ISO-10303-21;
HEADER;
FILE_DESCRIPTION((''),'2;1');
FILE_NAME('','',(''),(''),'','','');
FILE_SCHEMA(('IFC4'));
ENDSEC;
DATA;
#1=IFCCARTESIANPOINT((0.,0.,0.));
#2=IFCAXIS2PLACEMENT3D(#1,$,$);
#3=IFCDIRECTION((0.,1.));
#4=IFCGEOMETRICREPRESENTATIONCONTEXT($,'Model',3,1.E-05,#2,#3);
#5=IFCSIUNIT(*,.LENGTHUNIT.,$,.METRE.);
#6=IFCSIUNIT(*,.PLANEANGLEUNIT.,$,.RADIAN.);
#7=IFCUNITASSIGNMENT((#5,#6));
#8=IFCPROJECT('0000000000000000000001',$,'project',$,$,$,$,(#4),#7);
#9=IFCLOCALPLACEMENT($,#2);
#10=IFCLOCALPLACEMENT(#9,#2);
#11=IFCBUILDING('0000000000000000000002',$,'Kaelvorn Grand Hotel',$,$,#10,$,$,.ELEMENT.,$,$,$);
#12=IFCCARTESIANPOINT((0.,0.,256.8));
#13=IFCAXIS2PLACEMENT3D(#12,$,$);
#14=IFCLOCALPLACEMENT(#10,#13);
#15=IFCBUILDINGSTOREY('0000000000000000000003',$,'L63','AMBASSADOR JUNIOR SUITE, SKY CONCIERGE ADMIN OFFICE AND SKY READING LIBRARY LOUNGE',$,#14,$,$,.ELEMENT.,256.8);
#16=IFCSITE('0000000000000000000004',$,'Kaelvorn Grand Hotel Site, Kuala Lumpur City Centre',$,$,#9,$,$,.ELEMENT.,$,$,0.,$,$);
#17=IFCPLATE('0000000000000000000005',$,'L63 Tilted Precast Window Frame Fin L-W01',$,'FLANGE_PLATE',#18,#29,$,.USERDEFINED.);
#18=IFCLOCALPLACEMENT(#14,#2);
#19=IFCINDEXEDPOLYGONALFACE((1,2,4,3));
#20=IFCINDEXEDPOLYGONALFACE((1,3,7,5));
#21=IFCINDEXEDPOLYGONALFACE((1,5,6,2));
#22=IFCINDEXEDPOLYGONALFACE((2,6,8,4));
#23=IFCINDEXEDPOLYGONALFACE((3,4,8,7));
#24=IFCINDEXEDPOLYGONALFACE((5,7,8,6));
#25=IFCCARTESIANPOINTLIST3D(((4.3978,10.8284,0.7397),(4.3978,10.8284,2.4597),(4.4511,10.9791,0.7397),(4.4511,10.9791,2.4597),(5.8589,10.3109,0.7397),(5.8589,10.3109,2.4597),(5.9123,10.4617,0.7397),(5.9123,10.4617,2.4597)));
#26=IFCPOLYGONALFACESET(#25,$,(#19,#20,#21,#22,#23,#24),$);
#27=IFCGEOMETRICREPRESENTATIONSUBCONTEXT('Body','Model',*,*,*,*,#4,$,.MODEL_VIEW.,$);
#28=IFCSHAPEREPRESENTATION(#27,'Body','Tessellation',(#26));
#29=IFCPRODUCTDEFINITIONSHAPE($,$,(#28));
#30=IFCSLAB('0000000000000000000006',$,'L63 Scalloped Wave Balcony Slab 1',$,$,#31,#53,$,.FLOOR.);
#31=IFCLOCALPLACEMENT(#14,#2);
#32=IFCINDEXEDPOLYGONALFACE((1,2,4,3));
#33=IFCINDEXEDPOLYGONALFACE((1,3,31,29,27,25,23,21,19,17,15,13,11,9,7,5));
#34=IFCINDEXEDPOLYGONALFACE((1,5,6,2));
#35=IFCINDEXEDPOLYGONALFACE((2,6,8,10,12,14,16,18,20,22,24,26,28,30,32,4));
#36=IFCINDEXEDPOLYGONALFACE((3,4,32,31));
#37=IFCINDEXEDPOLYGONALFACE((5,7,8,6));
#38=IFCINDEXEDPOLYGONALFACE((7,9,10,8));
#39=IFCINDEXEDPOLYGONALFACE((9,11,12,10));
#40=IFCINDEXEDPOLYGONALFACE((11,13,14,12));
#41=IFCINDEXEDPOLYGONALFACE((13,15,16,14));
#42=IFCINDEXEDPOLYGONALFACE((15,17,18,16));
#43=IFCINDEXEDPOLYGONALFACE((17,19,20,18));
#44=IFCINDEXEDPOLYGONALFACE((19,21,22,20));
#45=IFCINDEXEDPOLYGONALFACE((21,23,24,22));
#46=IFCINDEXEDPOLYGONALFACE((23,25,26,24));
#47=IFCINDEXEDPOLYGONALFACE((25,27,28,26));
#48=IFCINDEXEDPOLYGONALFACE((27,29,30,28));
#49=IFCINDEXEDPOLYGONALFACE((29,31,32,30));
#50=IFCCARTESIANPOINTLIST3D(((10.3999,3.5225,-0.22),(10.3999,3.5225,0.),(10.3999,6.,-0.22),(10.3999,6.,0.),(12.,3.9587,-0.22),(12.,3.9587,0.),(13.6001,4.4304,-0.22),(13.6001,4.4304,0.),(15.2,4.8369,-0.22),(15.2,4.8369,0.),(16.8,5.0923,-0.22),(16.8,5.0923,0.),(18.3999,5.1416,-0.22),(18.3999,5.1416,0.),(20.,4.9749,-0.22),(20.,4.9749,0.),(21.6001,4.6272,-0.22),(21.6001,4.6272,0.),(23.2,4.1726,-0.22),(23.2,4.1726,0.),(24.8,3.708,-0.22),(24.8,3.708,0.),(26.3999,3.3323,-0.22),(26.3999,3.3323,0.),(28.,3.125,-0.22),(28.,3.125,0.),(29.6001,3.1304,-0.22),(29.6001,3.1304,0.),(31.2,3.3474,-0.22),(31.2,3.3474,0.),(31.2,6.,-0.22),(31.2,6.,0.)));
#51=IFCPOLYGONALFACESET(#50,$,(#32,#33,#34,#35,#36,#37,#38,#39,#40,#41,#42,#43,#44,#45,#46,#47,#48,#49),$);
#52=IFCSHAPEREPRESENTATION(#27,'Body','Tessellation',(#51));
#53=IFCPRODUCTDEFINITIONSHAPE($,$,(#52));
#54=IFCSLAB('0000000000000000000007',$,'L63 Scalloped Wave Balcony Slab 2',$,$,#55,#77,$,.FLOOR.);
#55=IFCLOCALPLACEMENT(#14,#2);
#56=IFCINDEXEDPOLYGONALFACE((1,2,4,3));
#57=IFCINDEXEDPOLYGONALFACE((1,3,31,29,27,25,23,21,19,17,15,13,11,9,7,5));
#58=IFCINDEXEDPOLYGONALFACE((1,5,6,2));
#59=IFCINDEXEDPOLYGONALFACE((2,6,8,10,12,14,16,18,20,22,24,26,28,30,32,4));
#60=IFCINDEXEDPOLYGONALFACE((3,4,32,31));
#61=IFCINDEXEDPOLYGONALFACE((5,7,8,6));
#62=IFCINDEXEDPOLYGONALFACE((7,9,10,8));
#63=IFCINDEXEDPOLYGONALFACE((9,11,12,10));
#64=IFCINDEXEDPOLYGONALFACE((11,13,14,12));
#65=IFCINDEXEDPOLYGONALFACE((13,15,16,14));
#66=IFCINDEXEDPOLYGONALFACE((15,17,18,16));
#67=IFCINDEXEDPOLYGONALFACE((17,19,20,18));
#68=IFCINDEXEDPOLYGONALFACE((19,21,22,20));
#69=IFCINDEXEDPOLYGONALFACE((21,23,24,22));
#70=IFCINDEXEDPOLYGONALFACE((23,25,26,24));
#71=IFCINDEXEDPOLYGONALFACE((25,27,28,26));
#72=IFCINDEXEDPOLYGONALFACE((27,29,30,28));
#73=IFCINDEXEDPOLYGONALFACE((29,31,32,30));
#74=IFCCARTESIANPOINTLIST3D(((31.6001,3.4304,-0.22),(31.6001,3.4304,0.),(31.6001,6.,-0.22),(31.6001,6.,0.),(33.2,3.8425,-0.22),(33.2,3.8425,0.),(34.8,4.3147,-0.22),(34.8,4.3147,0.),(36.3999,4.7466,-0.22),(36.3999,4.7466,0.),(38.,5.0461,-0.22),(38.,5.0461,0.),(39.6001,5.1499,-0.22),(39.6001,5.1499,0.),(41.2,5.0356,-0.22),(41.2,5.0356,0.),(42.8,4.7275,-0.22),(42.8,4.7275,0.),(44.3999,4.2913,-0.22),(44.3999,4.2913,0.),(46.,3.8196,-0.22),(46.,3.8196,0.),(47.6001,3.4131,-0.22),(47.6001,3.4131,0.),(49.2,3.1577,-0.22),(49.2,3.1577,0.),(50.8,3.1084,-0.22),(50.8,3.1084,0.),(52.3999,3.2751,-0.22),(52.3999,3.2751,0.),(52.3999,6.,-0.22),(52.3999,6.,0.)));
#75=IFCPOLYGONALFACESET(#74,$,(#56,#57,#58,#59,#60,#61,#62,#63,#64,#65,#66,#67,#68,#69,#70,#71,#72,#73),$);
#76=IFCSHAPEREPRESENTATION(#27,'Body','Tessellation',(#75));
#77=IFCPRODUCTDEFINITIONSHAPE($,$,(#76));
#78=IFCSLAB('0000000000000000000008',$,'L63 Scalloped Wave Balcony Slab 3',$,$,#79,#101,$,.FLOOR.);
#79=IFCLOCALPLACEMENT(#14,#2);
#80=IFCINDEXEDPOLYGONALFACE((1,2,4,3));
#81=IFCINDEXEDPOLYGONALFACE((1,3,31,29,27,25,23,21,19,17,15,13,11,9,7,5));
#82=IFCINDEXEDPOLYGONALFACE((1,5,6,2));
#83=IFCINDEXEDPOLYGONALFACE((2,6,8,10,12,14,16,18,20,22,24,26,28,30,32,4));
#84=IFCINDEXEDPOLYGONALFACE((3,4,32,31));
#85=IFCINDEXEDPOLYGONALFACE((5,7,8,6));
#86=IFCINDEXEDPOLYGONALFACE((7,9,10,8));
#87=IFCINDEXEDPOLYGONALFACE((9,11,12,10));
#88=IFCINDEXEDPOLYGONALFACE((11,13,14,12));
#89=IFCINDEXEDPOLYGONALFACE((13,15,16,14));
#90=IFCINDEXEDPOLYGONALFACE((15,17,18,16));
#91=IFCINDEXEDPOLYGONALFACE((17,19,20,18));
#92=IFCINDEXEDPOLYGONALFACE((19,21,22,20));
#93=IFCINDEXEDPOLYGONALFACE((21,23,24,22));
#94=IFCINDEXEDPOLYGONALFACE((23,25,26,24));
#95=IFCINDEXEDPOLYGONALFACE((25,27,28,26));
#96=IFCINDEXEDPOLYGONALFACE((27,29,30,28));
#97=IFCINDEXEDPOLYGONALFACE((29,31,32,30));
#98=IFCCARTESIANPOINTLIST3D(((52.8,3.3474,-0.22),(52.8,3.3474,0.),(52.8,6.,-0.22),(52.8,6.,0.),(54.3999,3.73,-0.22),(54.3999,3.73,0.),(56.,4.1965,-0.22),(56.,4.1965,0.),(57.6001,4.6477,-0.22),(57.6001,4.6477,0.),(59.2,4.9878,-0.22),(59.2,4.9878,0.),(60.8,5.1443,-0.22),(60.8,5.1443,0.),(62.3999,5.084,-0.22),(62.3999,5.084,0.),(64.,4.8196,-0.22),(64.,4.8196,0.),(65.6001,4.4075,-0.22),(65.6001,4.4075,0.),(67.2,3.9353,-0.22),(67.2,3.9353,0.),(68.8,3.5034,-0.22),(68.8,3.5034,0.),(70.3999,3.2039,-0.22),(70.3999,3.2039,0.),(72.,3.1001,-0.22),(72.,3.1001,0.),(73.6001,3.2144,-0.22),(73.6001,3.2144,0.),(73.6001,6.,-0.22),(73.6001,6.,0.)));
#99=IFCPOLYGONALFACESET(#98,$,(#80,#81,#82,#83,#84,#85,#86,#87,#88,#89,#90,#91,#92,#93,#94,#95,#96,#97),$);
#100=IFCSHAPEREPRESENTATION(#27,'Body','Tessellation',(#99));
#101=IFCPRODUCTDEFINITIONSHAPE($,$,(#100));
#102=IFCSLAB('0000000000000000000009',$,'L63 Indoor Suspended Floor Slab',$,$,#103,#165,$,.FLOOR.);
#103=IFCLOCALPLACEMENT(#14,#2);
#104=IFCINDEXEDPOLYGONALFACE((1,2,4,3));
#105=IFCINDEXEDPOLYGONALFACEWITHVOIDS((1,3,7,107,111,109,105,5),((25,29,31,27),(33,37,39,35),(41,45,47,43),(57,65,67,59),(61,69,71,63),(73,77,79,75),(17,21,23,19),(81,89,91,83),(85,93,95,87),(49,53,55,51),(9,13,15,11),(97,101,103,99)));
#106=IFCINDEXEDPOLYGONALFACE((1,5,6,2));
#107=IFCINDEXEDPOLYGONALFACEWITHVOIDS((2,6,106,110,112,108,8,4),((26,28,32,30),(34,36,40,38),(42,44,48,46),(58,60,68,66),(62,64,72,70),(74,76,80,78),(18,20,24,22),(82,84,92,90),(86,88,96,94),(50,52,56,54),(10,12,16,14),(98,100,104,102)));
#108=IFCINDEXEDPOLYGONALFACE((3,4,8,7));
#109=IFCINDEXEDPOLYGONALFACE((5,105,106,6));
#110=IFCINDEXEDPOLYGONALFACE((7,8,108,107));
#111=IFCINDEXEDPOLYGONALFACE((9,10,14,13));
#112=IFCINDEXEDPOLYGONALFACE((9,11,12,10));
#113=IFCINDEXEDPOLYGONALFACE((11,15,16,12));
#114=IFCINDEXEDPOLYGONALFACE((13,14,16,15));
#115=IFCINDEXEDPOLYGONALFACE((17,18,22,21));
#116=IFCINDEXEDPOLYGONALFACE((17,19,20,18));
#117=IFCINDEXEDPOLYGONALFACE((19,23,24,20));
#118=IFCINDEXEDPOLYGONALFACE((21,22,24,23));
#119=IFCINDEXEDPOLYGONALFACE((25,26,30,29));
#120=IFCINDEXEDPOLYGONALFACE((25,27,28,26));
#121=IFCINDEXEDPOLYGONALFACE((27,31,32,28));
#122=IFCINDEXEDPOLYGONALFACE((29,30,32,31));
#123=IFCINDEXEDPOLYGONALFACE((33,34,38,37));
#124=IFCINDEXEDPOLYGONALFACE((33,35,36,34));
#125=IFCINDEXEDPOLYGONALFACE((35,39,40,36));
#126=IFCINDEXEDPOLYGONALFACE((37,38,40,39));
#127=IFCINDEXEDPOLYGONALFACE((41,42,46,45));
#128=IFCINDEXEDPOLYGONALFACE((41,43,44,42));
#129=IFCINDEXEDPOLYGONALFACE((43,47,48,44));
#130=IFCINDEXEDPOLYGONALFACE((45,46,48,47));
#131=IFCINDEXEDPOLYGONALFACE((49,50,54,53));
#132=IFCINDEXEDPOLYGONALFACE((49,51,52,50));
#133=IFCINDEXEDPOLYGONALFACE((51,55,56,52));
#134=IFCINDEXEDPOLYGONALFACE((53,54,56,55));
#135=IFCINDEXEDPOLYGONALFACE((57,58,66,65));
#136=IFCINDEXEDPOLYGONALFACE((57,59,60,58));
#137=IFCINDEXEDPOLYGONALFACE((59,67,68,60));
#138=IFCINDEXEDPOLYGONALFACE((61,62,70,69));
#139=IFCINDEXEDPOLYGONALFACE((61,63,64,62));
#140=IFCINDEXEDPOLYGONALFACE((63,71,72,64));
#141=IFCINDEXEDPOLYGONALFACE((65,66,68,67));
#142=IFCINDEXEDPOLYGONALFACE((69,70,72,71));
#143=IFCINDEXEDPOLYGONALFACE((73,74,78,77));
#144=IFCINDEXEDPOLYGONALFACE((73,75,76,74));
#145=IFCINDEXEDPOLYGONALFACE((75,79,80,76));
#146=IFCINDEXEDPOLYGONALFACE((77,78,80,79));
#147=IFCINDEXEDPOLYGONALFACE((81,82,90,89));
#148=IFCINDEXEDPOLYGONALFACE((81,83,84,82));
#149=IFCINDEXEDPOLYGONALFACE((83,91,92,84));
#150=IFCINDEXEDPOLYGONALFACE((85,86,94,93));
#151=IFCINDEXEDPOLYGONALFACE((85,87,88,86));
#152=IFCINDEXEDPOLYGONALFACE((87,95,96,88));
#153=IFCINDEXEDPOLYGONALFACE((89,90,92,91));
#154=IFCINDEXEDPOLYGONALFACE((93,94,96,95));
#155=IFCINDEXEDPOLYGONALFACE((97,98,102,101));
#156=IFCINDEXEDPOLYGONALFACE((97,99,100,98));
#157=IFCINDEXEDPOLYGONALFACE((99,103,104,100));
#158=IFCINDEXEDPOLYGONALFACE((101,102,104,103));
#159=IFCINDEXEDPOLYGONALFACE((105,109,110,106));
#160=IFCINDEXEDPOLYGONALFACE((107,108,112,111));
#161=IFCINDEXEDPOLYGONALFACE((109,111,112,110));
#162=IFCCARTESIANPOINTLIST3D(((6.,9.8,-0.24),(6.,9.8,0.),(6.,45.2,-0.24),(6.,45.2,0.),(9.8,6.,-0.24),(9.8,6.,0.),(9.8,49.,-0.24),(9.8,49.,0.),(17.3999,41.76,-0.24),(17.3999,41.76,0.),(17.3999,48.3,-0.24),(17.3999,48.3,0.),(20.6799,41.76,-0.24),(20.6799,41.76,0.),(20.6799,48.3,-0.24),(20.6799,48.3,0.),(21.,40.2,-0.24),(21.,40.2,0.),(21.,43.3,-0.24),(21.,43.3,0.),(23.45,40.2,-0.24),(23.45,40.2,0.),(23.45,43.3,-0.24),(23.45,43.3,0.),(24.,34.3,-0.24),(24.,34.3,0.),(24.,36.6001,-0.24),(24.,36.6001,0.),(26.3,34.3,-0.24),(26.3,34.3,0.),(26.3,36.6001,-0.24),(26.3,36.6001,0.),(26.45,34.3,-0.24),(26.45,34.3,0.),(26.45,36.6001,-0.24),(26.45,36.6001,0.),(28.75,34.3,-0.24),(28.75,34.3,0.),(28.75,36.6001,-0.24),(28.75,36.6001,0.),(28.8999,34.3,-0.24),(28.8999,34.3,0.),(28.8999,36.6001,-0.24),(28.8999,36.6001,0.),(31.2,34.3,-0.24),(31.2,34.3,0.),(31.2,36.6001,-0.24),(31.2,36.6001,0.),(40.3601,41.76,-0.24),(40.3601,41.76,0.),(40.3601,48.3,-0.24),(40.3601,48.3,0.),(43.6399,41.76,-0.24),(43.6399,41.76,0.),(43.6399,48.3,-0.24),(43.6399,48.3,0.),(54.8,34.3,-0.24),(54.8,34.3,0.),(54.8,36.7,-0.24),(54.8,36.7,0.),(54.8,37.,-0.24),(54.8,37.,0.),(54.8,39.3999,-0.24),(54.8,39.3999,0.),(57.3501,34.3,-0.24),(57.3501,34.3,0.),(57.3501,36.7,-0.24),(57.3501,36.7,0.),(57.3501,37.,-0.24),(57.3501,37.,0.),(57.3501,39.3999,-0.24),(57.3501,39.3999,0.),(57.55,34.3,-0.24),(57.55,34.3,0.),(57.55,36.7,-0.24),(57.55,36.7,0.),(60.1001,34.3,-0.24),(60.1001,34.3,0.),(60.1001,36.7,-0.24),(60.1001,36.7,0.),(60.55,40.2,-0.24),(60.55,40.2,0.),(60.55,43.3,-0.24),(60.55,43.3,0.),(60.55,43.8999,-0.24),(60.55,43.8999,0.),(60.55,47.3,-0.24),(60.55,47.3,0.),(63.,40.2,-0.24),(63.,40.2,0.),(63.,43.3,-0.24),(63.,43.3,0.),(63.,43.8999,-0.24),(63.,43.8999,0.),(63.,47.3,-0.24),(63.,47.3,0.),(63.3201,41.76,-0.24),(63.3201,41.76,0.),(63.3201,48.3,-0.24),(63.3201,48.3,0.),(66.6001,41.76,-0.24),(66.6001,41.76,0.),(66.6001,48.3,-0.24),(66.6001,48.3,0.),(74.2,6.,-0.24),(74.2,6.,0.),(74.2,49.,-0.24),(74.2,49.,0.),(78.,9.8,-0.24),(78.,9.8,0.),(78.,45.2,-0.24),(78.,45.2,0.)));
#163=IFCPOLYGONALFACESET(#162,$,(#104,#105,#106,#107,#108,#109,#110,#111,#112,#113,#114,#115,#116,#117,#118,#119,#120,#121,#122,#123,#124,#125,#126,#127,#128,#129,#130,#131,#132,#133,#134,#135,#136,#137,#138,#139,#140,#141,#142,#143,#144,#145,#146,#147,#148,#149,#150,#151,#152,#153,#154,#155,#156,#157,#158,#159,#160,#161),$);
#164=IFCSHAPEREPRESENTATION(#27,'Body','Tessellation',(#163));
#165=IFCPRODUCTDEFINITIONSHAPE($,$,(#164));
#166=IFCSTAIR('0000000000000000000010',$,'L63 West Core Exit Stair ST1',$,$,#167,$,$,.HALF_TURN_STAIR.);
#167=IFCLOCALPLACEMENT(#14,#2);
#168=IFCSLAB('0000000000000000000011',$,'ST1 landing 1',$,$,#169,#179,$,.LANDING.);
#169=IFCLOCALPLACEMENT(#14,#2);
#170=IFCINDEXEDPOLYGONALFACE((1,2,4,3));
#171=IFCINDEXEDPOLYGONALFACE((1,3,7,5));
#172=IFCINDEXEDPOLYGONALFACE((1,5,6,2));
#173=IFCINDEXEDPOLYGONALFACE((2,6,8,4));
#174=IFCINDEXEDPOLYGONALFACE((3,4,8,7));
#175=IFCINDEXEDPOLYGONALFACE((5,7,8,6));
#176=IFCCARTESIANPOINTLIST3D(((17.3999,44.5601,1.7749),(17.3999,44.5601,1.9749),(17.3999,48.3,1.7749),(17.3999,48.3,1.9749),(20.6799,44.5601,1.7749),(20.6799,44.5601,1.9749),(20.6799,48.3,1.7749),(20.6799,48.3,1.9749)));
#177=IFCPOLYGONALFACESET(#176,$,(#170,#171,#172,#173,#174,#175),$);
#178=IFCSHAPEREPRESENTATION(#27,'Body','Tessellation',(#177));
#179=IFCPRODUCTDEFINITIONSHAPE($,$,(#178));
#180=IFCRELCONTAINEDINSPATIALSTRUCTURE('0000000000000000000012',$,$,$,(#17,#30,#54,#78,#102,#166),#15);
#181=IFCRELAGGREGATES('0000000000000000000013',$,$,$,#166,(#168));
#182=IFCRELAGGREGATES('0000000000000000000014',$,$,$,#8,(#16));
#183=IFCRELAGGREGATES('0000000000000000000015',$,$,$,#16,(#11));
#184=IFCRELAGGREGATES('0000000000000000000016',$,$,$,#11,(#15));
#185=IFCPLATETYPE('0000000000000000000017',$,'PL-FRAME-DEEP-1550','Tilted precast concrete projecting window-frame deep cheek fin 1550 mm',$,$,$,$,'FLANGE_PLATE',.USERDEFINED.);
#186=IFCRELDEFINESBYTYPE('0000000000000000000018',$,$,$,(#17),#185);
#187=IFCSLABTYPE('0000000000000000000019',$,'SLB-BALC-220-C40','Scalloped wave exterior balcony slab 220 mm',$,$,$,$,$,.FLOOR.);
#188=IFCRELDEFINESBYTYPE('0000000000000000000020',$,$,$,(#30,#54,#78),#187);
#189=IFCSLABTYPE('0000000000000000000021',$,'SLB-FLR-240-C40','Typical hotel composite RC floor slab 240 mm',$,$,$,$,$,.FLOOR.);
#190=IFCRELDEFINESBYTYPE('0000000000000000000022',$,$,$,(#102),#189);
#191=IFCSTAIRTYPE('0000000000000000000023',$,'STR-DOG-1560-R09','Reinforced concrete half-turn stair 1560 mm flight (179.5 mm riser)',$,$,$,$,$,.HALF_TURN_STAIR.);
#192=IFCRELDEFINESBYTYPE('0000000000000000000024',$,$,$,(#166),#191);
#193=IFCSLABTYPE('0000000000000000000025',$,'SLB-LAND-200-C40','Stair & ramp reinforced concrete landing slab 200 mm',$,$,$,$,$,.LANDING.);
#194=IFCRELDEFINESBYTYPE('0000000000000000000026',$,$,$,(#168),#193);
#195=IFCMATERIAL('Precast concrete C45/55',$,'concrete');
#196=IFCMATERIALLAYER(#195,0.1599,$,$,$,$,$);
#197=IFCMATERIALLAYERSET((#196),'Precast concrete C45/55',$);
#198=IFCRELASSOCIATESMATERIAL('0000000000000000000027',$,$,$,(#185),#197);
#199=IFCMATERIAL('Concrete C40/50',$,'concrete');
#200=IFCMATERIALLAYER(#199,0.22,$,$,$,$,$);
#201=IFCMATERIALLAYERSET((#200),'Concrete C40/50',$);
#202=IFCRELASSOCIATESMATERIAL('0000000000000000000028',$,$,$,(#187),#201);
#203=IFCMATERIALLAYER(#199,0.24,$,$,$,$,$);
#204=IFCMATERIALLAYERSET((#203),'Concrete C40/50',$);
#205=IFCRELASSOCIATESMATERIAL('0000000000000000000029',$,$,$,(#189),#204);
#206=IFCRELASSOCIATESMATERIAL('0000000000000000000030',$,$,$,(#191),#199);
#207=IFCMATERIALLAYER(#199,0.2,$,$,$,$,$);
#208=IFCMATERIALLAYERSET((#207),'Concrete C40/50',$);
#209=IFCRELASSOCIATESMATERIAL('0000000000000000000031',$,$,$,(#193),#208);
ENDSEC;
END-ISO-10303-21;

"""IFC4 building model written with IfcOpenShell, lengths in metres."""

from ifc_helpers import new_model, si_unit, direction, frame, origin, origin_2d, place, context, subcontext, project, spatial, polyline, rectangle, outline, extrude, material, layer, layer_set, type_object, element, aggregate, save


model = new_model("IFC4")

# Units and contexts
model_context = context("Model", 3, precision=1e-05, world=origin(), true_north=direction((0.0, 1.0)))
body_context = subcontext(model_context, "Body", "Model", "MODEL_VIEW")
ifc_project = project(units=[si_unit("LENGTHUNIT", "METRE"), si_unit("PLANEANGLEUNIT", "RADIAN")], contexts=[model_context])

# Site, building, storey
site_placement = place(None, origin())
site = spatial("IfcSite", under=ifc_project, at=site_placement, Name="Kaelvorn Grand Hotel Site, Kuala Lumpur City Centre", CompositionType="ELEMENT", RefElevation=0.0)
building_placement = place(site_placement, origin())
building = spatial("IfcBuilding", under=site, at=building_placement, Name="Kaelvorn Grand Hotel", CompositionType="ELEMENT")
storey_placement = place(building_placement, frame((0.0, 0.0, 256.8)))
storey = spatial("IfcBuildingStorey", under=building, at=storey_placement, Name="L63", Description="AMBASSADOR JUNIOR SUITE, SKY CONCIERGE ADMIN OFFICE AND SKY READING LIBRARY LOUNGE", CompositionType="ELEMENT", Elevation=256.8)

# Plate
ifc_material_1 = material(Name="Precast concrete C45/55", Category="concrete")
ifc_layer_1 = layer(ifc_material_1, 0.1599)
ifc_layer_set_1 = layer_set([ifc_layer_1], Name="Precast concrete C45/55")
plate_type = type_object("IfcPlateType", Name="PL-FRAME-DEEP-1550", Description="Tilted precast concrete projecting window-frame deep cheek fin 1550 mm", ElementType="FLANGE_PLATE", PredefinedType="USERDEFINED", material=ifc_layer_set_1)
plate_placement = place(storey_placement, frame((5.155, 10.645, 0.7397), z_axis=(0.0, 0.0, 1.0), x_axis=(0.333807, 0.942641, 0.0)))
element("IfcPlate", 1, at=plate_placement, inside=storey, type_object=plate_type, Name="L63 Tilted Precast Window Frame Fin L-W01", ObjectType="FLANGE_PLATE", PredefinedType="USERDEFINED", context=body_context, shape_type="SweptSolid", body=[
    extrude(rectangle(XDim=0.1599, YDim=1.55, at=origin_2d()), origin(), (0.0, 0.0, 1.0), 1.72),
])

# Slabs
ifc_material_2 = material(Name="Concrete C40/50", Category="concrete")
ifc_layer_2 = layer(ifc_material_2, 0.22)
ifc_layer_set_2 = layer_set([ifc_layer_2], Name="Concrete C40/50")
slab_type_1 = type_object("IfcSlabType", Name="SLB-BALC-220-C40", Description="Scalloped wave exterior balcony slab 220 mm", PredefinedType="FLOOR", material=ifc_layer_set_2)
slab_1_placement = place(storey_placement, frame((0.0, 0.0, -0.22)))
element("IfcSlab", 2, at=slab_1_placement, inside=storey, type_object=slab_type_1, Name="L63 Scalloped Wave Balcony Slab 1", PredefinedType="FLOOR", context=body_context, shape_type="SweptSolid", body=[
    extrude(outline(polyline([(10.3999, 3.5225), (12.0, 3.9587), (13.6001, 4.4304), (15.2, 4.8369), (16.8, 5.0923), (18.3999, 5.1416), (20.0, 4.9749), (21.6001, 4.6272), (23.2, 4.1726), (24.8, 3.708), (26.3999, 3.3323), (28.0, 3.125), (29.6001, 3.1304), (31.2, 3.3474), (31.2, 6.0), (10.3999, 6.0), (10.3999, 3.5225)])), origin(), (0.0, 0.0, 1.0), 0.22),
])
slab_2_placement = place(storey_placement, frame((0.0, 0.0, -0.22)))
element("IfcSlab", 3, at=slab_2_placement, inside=storey, type_object=slab_type_1, Name="L63 Scalloped Wave Balcony Slab 2", PredefinedType="FLOOR", context=body_context, shape_type="SweptSolid", body=[
    extrude(outline(polyline([(31.6001, 3.4304), (33.2, 3.8425), (34.8, 4.3147), (36.3999, 4.7466), (38.0, 5.0461), (39.6001, 5.1499), (41.2, 5.0356), (42.8, 4.7275), (44.3999, 4.2913), (46.0, 3.8196), (47.6001, 3.4131), (49.2, 3.1577), (50.8, 3.1084), (52.3999, 3.2751), (52.3999, 6.0), (31.6001, 6.0), (31.6001, 3.4304)])), origin(), (0.0, 0.0, 1.0), 0.22),
])
slab_3_placement = place(storey_placement, frame((0.0, 0.0, -0.22)))
element("IfcSlab", 4, at=slab_3_placement, inside=storey, type_object=slab_type_1, Name="L63 Scalloped Wave Balcony Slab 3", PredefinedType="FLOOR", context=body_context, shape_type="SweptSolid", body=[
    extrude(outline(polyline([(52.8, 3.3474), (54.3999, 3.73), (56.0, 4.1965), (57.6001, 4.6477), (59.2, 4.9878), (60.8, 5.1443), (62.3999, 5.084), (64.0, 4.8196), (65.6001, 4.4075), (67.2, 3.9353), (68.8, 3.5034), (70.3999, 3.2039), (72.0, 3.1001), (73.6001, 3.2144), (73.6001, 6.0), (52.8, 6.0), (52.8, 3.3474)])), origin(), (0.0, 0.0, 1.0), 0.22),
])
ifc_layer_3 = layer(ifc_material_2, 0.24)
ifc_layer_set_3 = layer_set([ifc_layer_3], Name="Concrete C40/50")
slab_type_2 = type_object("IfcSlabType", Name="SLB-FLR-240-C40", Description="Typical hotel composite RC floor slab 240 mm", PredefinedType="FLOOR", material=ifc_layer_set_3)
slab_4_placement = place(storey_placement, frame((0.0, 0.0, -0.24)))
element("IfcSlab", 5, at=slab_4_placement, inside=storey, type_object=slab_type_2, Name="L63 Indoor Suspended Floor Slab", PredefinedType="FLOOR", context=body_context, shape_type="SweptSolid", body=[
    extrude(outline(polyline([(9.8, 6.0), (74.2, 6.0), (78.0, 9.8), (78.0, 45.2), (74.2, 49.0), (9.8, 49.0), (6.0, 45.2), (6.0, 9.8), (9.8, 6.0)]), holes=[polyline([(17.3999, 41.76), (17.3999, 48.3), (20.6799, 48.3), (20.6799, 41.76), (17.3999, 41.76)]), polyline([(40.3601, 41.76), (40.3601, 48.3), (43.6399, 48.3), (43.6399, 41.76), (40.3601, 41.76)]), polyline([(63.3201, 41.76), (63.3201, 48.3), (66.6001, 48.3), (66.6001, 41.76), (63.3201, 41.76)]), polyline([(24.0, 34.3), (24.0, 36.6001), (26.3, 36.6001), (26.3, 34.3), (24.0, 34.3)]), polyline([(26.45, 34.3), (26.45, 36.6001), (28.75, 36.6001), (28.75, 34.3), (26.45, 34.3)]), polyline([(28.8999, 34.3), (28.8999, 36.6001), (31.2, 36.6001), (31.2, 34.3), (28.8999, 34.3)]), polyline([(54.8, 34.3), (54.8, 36.7), (57.3501, 36.7), (57.3501, 34.3), (54.8, 34.3)]), polyline([(57.55, 34.3), (57.55, 36.7), (60.1001, 36.7), (60.1001, 34.3), (57.55, 34.3)]), polyline([(54.8, 37.0), (54.8, 39.3999), (57.3501, 39.3999), (57.3501, 37.0), (54.8, 37.0)]), polyline([(21.0, 40.2), (21.0, 43.3), (23.45, 43.3), (23.45, 40.2), (21.0, 40.2)]), polyline([(60.55, 40.2), (60.55, 43.3), (63.0, 43.3), (63.0, 40.2), (60.55, 40.2)]), polyline([(60.55, 43.8999), (60.55, 47.3), (63.0, 47.3), (63.0, 43.8999), (60.55, 43.8999)])]), origin(), (0.0, 0.0, 1.0), 0.24),
])

# Stair, slab
stair_type = type_object("IfcStairType", Name="STR-DOG-1560-R09", Description="Reinforced concrete half-turn stair 1560 mm flight (179.5 mm riser)", PredefinedType="HALF_TURN_STAIR", material=ifc_material_2)
stair_1_placement = place(storey_placement, origin())
stair_1 = element("IfcStair", 6, at=stair_1_placement, inside=storey, type_object=stair_type, Name="L63 West Core Exit Stair ST1", PredefinedType="HALF_TURN_STAIR")
ifc_layer_4 = layer(ifc_material_2, 0.2)
ifc_layer_set_4 = layer_set([ifc_layer_4], Name="Concrete C40/50")
slab_type_3 = type_object("IfcSlabType", Name="SLB-LAND-200-C40", Description="Stair & ramp reinforced concrete landing slab 200 mm", PredefinedType="LANDING", material=ifc_layer_set_4)
slab_5_placement = place(storey_placement, frame((0.0, 0.0, 1.7749)))
slab_5 = element("IfcSlab", 7, at=slab_5_placement, type_object=slab_type_3, Name="ST1 landing 1", PredefinedType="LANDING", context=body_context, shape_type="SweptSolid", body=[
    extrude(outline(polyline([(20.6799, 44.5601), (20.6799, 48.3), (17.3999, 48.3), (17.3999, 44.5601), (20.6799, 44.5601)])), origin(), (0.0, 0.0, 1.0), 0.2),
])
aggregate(stair_1, [slab_5])

save(model, "model.ifc")
